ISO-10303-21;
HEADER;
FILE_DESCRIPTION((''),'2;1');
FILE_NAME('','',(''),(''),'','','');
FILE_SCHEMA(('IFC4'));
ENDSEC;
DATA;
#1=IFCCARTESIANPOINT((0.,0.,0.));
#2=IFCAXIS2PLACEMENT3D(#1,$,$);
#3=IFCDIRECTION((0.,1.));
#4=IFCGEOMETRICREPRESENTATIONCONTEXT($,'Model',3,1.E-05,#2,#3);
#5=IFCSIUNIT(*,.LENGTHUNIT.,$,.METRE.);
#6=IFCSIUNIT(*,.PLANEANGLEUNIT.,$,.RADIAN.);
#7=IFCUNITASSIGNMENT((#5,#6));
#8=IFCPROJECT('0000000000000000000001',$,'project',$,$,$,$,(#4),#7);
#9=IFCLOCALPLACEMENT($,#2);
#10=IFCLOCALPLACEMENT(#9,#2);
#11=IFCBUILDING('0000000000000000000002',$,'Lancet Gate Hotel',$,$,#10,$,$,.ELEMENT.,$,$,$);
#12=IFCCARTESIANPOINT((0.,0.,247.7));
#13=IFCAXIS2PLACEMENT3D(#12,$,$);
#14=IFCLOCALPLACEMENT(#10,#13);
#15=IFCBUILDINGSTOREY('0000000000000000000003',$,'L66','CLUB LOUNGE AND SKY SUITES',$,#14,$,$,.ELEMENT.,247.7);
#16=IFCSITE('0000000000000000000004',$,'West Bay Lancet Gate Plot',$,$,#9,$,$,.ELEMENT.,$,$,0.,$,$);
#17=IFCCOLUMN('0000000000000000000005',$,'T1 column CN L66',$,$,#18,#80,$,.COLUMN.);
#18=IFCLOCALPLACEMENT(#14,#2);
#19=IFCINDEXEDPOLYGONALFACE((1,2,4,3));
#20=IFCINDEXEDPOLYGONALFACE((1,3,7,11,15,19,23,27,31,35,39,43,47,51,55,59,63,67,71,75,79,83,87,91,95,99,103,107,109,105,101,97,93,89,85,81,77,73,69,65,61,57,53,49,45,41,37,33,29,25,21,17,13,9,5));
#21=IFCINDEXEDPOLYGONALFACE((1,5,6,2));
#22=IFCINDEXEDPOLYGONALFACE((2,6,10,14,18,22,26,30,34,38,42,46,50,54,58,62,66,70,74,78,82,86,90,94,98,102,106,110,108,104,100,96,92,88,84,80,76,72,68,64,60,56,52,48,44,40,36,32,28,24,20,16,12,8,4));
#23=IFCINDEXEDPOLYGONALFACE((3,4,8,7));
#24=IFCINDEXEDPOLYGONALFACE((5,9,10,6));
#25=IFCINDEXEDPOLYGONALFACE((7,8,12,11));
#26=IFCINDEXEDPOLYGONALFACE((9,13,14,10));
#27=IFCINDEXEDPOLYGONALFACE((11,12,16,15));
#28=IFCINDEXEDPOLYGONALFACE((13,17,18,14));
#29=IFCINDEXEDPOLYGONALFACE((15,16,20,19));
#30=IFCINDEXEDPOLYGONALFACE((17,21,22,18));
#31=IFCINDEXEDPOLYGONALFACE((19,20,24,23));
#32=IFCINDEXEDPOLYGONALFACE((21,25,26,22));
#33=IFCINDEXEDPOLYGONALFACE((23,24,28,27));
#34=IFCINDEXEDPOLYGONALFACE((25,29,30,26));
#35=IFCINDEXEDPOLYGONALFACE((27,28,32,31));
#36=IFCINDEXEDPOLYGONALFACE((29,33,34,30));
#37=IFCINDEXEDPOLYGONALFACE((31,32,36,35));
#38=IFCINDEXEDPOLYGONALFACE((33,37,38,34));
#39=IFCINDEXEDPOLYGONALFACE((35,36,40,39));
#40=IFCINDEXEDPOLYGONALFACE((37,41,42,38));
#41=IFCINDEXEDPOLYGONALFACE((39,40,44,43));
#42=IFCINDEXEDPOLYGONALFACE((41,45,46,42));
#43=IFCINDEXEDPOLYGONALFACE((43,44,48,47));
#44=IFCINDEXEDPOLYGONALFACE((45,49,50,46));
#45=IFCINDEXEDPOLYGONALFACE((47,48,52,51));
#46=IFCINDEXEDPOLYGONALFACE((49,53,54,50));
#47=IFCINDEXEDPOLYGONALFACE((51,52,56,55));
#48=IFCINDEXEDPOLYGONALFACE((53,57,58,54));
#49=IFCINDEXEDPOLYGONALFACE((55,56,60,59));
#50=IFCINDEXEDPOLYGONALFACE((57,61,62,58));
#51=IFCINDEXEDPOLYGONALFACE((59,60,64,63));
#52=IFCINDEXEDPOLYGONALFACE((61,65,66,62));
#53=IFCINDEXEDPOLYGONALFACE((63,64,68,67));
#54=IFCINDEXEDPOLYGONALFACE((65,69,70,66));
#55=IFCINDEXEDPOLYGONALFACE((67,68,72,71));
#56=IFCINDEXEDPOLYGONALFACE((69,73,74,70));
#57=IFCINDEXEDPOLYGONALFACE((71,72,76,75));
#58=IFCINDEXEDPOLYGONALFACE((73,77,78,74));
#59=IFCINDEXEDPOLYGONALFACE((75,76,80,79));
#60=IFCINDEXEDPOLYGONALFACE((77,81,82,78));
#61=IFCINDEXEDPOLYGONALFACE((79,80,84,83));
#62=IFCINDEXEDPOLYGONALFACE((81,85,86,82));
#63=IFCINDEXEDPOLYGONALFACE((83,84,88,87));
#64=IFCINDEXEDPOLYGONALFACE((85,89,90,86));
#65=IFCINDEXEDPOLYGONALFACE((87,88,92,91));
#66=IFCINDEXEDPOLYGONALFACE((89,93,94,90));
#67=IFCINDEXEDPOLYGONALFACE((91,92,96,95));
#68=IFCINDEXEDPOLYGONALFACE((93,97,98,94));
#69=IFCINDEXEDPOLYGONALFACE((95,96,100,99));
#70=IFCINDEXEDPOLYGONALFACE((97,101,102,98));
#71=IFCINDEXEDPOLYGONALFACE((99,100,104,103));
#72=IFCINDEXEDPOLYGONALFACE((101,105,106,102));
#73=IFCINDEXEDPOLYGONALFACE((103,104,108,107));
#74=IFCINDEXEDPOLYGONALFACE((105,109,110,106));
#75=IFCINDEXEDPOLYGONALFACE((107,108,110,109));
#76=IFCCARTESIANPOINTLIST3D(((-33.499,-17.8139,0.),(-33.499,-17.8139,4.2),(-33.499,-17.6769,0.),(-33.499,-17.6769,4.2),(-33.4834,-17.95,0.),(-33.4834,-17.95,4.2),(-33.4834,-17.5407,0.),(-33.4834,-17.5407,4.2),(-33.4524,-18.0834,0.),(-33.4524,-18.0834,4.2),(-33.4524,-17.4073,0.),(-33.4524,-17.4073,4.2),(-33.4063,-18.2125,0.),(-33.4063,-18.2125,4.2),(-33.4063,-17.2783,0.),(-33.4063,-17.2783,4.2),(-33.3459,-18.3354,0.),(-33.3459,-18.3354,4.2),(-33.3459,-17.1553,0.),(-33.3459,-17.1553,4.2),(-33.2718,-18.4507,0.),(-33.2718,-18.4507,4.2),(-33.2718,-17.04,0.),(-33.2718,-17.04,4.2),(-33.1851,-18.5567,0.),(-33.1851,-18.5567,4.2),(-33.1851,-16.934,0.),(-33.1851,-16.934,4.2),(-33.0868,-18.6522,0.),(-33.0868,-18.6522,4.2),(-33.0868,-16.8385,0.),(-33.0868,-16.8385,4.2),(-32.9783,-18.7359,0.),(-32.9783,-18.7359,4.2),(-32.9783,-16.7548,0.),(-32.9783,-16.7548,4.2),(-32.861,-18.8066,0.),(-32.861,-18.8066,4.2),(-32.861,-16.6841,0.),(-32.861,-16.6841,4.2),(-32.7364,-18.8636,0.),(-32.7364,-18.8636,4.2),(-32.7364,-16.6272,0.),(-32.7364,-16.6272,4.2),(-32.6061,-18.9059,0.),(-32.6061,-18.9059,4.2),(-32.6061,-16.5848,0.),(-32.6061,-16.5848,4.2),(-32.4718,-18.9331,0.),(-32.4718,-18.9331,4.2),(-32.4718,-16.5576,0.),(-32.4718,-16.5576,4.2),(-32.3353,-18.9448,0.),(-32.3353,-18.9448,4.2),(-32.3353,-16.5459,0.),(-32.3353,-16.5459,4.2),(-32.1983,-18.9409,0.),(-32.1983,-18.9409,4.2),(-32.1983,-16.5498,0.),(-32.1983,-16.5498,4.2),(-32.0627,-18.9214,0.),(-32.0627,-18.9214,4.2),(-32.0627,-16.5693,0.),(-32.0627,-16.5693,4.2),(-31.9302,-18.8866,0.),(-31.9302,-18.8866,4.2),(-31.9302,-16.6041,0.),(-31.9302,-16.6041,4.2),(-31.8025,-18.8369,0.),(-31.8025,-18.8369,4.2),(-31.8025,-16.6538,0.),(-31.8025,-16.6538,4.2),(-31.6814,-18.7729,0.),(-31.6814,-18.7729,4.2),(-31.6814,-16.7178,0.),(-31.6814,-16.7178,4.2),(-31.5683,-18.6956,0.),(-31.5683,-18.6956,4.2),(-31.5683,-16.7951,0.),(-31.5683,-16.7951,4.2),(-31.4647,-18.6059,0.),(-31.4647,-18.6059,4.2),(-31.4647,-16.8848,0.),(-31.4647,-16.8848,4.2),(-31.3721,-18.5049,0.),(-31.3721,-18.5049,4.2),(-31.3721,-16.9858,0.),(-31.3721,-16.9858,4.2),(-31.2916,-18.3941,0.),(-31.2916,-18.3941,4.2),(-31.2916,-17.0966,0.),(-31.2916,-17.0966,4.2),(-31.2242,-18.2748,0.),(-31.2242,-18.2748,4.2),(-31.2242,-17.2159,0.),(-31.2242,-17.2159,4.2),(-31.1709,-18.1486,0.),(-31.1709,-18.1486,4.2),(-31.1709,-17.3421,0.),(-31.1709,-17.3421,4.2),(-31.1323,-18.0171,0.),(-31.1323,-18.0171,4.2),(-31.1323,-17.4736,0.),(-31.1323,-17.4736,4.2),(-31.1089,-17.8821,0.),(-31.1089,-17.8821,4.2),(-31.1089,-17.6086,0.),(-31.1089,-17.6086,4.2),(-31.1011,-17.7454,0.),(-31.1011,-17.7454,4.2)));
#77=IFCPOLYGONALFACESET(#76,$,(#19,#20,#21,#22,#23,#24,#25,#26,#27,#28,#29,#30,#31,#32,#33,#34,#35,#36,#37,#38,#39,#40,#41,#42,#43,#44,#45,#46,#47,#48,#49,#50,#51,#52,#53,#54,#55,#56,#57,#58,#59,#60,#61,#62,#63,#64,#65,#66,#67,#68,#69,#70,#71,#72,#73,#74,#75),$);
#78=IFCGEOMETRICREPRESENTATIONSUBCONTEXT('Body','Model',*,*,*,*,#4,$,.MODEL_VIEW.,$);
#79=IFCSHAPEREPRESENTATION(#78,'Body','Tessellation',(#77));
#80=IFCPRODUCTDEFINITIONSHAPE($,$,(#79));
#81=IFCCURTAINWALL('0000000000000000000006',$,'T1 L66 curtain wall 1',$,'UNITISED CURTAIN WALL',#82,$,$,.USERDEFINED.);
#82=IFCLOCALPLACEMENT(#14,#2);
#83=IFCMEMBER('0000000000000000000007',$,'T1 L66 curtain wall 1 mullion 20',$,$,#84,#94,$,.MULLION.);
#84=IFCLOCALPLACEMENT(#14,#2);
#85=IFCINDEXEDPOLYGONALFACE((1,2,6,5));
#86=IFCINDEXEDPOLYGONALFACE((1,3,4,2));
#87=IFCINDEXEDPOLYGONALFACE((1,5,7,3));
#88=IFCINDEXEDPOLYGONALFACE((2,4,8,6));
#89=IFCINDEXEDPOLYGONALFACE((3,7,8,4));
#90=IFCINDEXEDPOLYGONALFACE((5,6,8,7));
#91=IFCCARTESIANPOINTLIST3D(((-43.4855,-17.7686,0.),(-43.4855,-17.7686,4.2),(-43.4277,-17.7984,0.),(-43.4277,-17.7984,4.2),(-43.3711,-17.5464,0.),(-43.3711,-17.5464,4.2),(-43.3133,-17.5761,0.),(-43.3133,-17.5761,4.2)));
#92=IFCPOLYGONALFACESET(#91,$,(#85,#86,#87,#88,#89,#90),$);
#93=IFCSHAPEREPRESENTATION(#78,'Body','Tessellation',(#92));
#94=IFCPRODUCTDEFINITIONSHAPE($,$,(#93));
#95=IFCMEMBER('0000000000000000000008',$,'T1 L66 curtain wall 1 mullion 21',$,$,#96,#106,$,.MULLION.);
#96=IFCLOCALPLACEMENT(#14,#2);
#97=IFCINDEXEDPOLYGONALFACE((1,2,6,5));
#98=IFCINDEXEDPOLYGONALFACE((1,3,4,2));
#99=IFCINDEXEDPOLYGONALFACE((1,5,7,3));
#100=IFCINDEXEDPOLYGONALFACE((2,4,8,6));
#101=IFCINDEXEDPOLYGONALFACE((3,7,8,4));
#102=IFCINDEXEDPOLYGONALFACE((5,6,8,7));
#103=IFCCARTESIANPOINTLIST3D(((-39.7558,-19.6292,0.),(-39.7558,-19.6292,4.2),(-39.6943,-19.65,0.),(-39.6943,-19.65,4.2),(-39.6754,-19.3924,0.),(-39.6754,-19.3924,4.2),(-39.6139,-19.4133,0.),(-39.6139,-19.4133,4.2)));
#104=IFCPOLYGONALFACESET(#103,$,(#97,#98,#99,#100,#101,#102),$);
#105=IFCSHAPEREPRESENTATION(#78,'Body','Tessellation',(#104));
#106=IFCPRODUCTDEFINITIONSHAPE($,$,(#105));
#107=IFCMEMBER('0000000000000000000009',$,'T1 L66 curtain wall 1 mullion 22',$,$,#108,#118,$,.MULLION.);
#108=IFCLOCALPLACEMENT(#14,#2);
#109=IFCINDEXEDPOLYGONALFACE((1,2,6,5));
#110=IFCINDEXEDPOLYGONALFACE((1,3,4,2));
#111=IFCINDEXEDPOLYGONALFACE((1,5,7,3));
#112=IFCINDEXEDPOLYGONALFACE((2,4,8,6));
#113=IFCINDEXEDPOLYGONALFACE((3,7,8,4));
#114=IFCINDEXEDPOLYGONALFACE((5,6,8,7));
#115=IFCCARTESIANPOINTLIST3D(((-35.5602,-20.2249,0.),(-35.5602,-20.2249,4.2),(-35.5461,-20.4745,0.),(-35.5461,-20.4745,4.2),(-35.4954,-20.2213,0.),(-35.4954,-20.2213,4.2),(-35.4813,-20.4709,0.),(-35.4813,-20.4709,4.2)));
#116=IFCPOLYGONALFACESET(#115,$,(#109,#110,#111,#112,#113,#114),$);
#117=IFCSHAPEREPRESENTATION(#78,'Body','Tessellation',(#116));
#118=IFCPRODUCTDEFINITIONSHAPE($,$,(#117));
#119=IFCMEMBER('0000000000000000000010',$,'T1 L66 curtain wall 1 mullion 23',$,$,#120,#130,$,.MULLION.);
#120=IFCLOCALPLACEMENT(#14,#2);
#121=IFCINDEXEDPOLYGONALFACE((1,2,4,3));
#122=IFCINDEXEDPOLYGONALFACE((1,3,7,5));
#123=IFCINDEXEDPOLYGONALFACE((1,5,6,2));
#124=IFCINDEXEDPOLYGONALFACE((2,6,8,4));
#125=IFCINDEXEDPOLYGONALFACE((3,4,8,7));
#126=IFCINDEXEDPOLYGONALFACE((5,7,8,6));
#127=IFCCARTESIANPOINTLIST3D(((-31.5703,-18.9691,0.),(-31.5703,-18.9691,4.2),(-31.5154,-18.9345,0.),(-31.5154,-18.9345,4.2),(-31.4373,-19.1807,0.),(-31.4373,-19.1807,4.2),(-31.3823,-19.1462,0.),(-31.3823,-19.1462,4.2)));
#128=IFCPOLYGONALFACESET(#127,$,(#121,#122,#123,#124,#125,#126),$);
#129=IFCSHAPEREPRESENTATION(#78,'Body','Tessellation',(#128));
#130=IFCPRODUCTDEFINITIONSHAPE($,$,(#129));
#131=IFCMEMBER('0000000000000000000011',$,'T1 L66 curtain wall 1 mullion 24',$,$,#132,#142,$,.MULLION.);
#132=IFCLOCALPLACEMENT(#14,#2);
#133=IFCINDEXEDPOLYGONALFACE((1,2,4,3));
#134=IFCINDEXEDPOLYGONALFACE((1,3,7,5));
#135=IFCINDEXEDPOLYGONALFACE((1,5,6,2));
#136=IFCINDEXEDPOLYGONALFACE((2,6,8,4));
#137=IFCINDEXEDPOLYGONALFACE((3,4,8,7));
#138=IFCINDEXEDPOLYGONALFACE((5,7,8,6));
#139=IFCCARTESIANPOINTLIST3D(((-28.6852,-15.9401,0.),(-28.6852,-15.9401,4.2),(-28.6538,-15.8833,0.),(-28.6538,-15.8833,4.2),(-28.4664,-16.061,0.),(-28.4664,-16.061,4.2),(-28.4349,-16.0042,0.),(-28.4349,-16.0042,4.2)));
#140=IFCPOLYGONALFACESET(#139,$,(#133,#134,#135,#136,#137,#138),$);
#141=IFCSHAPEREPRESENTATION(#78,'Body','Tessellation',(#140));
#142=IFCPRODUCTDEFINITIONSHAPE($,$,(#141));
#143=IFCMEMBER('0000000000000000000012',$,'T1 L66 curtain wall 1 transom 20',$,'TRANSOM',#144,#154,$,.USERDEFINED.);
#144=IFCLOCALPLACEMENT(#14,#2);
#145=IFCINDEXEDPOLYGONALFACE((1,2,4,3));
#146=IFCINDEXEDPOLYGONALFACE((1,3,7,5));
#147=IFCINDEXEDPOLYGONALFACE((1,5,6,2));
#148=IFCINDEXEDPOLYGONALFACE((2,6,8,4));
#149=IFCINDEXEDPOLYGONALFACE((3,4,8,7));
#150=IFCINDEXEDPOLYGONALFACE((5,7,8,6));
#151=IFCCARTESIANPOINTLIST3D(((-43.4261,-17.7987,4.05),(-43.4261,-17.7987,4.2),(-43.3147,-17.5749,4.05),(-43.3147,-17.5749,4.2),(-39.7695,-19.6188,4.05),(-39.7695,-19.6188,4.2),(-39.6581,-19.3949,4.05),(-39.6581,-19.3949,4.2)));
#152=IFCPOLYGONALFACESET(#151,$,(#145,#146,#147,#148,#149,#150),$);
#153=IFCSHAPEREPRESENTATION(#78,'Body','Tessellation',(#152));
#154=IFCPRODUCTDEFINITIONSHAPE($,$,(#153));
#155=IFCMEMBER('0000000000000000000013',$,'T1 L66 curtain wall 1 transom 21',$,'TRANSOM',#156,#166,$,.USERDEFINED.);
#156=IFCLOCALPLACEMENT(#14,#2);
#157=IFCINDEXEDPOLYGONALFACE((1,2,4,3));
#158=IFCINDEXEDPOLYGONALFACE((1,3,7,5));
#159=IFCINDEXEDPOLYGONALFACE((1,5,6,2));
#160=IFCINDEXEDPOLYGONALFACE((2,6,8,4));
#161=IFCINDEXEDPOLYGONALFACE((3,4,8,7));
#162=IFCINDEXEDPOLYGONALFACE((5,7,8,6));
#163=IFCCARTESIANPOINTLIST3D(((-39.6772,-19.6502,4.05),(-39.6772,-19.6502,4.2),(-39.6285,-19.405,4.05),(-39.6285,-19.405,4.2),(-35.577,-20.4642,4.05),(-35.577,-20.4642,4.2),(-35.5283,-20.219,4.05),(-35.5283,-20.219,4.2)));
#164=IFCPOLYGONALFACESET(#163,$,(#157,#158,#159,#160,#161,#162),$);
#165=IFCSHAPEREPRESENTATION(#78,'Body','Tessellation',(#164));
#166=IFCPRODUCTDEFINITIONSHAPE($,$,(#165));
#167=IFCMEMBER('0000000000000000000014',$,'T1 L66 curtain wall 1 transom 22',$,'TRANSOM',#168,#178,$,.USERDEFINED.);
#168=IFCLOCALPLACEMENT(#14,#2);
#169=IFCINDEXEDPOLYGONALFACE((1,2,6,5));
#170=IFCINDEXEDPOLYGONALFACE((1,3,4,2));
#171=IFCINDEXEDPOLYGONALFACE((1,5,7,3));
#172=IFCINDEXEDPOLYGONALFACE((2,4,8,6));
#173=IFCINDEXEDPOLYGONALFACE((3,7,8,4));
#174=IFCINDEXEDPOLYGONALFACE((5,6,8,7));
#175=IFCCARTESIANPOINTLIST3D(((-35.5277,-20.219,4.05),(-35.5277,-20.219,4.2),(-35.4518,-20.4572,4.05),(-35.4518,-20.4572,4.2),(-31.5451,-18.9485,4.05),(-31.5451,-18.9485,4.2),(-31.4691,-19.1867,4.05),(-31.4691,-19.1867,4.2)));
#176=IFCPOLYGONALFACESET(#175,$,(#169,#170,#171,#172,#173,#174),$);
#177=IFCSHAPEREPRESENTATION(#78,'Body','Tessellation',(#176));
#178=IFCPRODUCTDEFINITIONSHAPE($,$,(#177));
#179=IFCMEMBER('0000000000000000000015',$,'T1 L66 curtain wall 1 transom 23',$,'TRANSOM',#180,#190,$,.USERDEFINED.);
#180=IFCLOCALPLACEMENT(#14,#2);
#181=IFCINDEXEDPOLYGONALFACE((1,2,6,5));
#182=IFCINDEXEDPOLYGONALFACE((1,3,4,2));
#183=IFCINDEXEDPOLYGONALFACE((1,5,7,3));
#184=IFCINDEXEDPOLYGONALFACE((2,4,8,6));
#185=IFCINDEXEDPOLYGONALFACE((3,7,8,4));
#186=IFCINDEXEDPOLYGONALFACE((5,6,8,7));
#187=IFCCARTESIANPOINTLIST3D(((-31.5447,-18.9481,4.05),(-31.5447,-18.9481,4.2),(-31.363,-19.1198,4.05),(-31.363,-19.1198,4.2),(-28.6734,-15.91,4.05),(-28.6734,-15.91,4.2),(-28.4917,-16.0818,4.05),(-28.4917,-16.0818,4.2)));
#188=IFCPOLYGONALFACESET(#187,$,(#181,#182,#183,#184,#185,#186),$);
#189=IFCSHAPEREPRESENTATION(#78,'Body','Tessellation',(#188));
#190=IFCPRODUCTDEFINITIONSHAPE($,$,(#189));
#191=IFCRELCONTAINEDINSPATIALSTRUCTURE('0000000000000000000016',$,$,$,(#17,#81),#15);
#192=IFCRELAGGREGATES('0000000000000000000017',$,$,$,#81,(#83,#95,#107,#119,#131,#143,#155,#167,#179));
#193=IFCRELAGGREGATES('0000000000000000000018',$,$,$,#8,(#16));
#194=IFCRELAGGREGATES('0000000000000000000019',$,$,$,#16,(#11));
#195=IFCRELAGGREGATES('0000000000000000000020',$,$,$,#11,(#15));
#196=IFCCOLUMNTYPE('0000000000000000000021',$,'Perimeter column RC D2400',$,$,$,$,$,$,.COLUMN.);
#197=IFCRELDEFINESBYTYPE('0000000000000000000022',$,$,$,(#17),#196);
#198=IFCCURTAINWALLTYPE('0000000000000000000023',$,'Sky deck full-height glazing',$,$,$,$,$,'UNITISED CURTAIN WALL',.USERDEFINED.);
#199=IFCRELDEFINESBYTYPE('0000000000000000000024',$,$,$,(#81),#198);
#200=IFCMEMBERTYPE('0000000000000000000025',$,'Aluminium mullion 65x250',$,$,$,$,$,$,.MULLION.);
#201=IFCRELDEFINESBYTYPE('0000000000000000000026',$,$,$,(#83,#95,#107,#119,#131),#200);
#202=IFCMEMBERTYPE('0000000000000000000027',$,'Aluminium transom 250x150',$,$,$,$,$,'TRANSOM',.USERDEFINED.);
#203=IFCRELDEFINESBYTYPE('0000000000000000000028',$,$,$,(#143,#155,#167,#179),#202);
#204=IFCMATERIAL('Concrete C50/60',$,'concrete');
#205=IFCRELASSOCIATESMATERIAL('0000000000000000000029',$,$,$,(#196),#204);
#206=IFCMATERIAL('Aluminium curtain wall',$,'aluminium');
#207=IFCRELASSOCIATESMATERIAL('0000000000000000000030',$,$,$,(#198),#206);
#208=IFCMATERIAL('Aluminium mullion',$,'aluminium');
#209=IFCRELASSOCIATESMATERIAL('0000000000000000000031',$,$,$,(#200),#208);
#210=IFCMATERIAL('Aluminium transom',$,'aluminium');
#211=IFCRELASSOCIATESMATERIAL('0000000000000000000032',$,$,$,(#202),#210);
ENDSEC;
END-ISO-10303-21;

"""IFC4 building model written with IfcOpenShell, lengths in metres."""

from ifc_helpers import new_model, si_unit, direction, frame, origin, origin_2d, place, context, subcontext, project, spatial, rectangle, circle, extrude, material, material_profile, profile_set, type_object, element, aggregate, save


model = new_model("IFC4")

# Units and contexts
model_context = context("Model", 3, precision=1e-05, world=origin(), true_north=direction((0.0, 1.0)))
body_context = subcontext(model_context, "Body", "Model", "MODEL_VIEW")
ifc_project = project(units=[si_unit("LENGTHUNIT", "METRE"), si_unit("PLANEANGLEUNIT", "RADIAN")], contexts=[model_context])

# Site, building, storey
site_placement = place(None, origin())
site = spatial("IfcSite", under=ifc_project, at=site_placement, Name="West Bay Lancet Gate Plot", CompositionType="ELEMENT", RefElevation=0.0)
building_placement = place(site_placement, origin())
building = spatial("IfcBuilding", under=site, at=building_placement, Name="Lancet Gate Hotel", CompositionType="ELEMENT")
storey_placement = place(building_placement, frame((0.0, 0.0, 247.7)))
storey = spatial("IfcBuildingStorey", under=building, at=storey_placement, Name="L66", Description="CLUB LOUNGE AND SKY SUITES", CompositionType="ELEMENT", Elevation=247.7)

# Column
ifc_material_1 = material(Name="Concrete C50/60", Category="concrete")
ifc_material_profile_1 = material_profile(ifc_material_1, circle(Radius=1.2, at=origin_2d()), Name="RC D2400")
ifc_profile_set_1 = profile_set([ifc_material_profile_1], Name="Concrete C50/60")
column_type = type_object("IfcColumnType", Name="Perimeter column RC D2400", PredefinedType="COLUMN", material=ifc_profile_set_1)
column_placement = place(storey_placement, frame((-32.301, -17.7454, 0.0), z_axis=(0.0, 0.0, 1.0), x_axis=(1.0, 0.0, 0.0)))
element("IfcColumn", 1, at=column_placement, inside=storey, type_object=column_type, Name="T1 column CN L66", PredefinedType="COLUMN", context=body_context, shape_type="SweptSolid", body=[
    extrude(circle(Radius=1.2, at=origin_2d()), origin(), (0.0, 0.0, 1.0), 4.2),
])

# Curtain wall, members
ifc_material_2 = material(Name="Aluminium curtain wall", Category="aluminium")
curtain_wall_type = type_object("IfcCurtainWallType", Name="Sky deck full-height glazing", ElementType="UNITISED CURTAIN WALL", PredefinedType="USERDEFINED", material=ifc_material_2)
curtain_wall_placement = place(storey_placement, origin())
curtain_wall = element("IfcCurtainWall", 2, at=curtain_wall_placement, inside=storey, type_object=curtain_wall_type, Name="T1 L66 curtain wall 1", ObjectType="UNITISED CURTAIN WALL", PredefinedType="USERDEFINED")
ifc_material_3 = material(Name="Aluminium mullion", Category="aluminium")
ifc_material_profile_2 = material_profile(ifc_material_3, rectangle(XDim=0.0649, YDim=0.25, at=origin_2d()), Name="MULLION 65x250")
ifc_profile_set_2 = profile_set([ifc_material_profile_2], Name="Aluminium mullion")
member_type_1 = type_object("IfcMemberType", Name="Aluminium mullion 65x250", PredefinedType="MULLION", material=ifc_profile_set_2)
member_1_placement = place(storey_placement, frame((-43.3994, -17.6724, 0.0), z_axis=(0.0, 0.0, 1.0), x_axis=(0.889156, -0.457605, 0.0)))
member_1 = element("IfcMember", 3, at=member_1_placement, type_object=member_type_1, Name="T1 L66 curtain wall 1 mullion 20", PredefinedType="MULLION", context=body_context, shape_type="SweptSolid", body=[
    extrude(rectangle(XDim=0.0649, YDim=0.25, at=origin_2d()), origin(), (0.0, 0.0, 1.0), 4.2),
])
member_2_placement = place(storey_placement, frame((-39.6848, -19.5212, 0.0), z_axis=(0.0, 0.0, 1.0), x_axis=(0.946888, -0.321564, 0.0)))
member_2 = element("IfcMember", 4, at=member_2_placement, type_object=member_type_1, Name="T1 L66 curtain wall 1 mullion 21", PredefinedType="MULLION", context=body_context, shape_type="SweptSolid", body=[
    extrude(rectangle(XDim=0.0649, YDim=0.25, at=origin_2d()), origin(), (0.0, 0.0, 1.0), 4.2),
])
member_3_placement = place(storey_placement, frame((-35.5208, -20.3479, 0.0), z_axis=(0.0, 0.0, 1.0), x_axis=(0.998409, 0.056384, 0.0)))
member_3 = element("IfcMember", 5, at=member_3_placement, type_object=member_type_1, Name="T1 L66 curtain wall 1 mullion 22", PredefinedType="MULLION", context=body_context, shape_type="SweptSolid", body=[
    extrude(rectangle(XDim=0.0649, YDim=0.25, at=origin_2d()), origin(), (0.0, 0.0, 1.0), 4.2),
])
member_4_placement = place(storey_placement, frame((-31.4763, -19.0576, 0.0), z_axis=(0.0, 0.0, 1.0), x_axis=(0.846613, 0.532209, 0.0)))
member_4 = element("IfcMember", 6, at=member_4_placement, type_object=member_type_1, Name="T1 L66 curtain wall 1 mullion 23", PredefinedType="MULLION", context=body_context, shape_type="SweptSolid", body=[
    extrude(rectangle(XDim=0.0649, YDim=0.25, at=origin_2d()), origin(), (0.0, 0.0, 1.0), 4.2),
])
member_5_placement = place(storey_placement, frame((-28.5601, -15.9722, 0.0), z_axis=(0.0, 0.0, 1.0), x_axis=(0.483627, 0.875274, 0.0)))
member_5 = element("IfcMember", 7, at=member_5_placement, type_object=member_type_1, Name="T1 L66 curtain wall 1 mullion 24", PredefinedType="MULLION", context=body_context, shape_type="SweptSolid", body=[
    extrude(rectangle(XDim=0.0649, YDim=0.25, at=origin_2d()), origin(), (0.0, 0.0, 1.0), 4.2),
])
ifc_material_4 = material(Name="Aluminium transom", Category="aluminium")
ifc_material_profile_3 = material_profile(ifc_material_4, rectangle(XDim=0.25, YDim=0.1499, at=origin_2d()), Name="TRANSOM 250x150")
ifc_profile_set_3 = profile_set([ifc_material_profile_3], Name="Aluminium transom")
member_type_2 = type_object("IfcMemberType", Name="Aluminium transom 250x150", ElementType="TRANSOM", PredefinedType="USERDEFINED", material=ifc_profile_set_3)
member_6_placement = place(storey_placement, frame((-43.3704, -17.6868, 4.125), z_axis=(0.895227, -0.445611, 0.0), x_axis=(0.445611, 0.895227, 0.0)))
member_6 = element("IfcMember", 8, at=member_6_placement, type_object=member_type_2, Name="T1 L66 curtain wall 1 transom 20", ObjectType="TRANSOM", PredefinedType="USERDEFINED", context=body_context, shape_type="SweptSolid", body=[
    extrude(rectangle(XDim=0.25, YDim=0.1499, at=origin_2d()), origin(), (0.0, 0.0, 1.0), 4.0845),
])
member_7_placement = place(storey_placement, frame((-39.6528, -19.5276, 4.125), z_axis=(0.980858, -0.194723, 0.0), x_axis=(0.194723, 0.980858, 0.0)))
member_7 = element("IfcMember", 9, at=member_7_placement, type_object=member_type_2, Name="T1 L66 curtain wall 1 transom 21", ObjectType="TRANSOM", PredefinedType="USERDEFINED", context=body_context, shape_type="SweptSolid", body=[
    extrude(rectangle(XDim=0.25, YDim=0.1499, at=origin_2d()), origin(), (0.0, 0.0, 1.0), 4.1802),
])
member_8_placement = place(storey_placement, frame((-35.4897, -20.3381, 4.125), z_axis=(0.952698, 0.30392, 0.0), x_axis=(-0.30392, 0.952698, 0.0)))
member_8 = element("IfcMember", 10, at=member_8_placement, type_object=member_type_2, Name="T1 L66 curtain wall 1 transom 22", ObjectType="TRANSOM", PredefinedType="USERDEFINED", context=body_context, shape_type="SweptSolid", body=[
    extrude(rectangle(XDim=0.25, YDim=0.1499, at=origin_2d()), origin(), (0.0, 0.0, 1.0), 4.1804),
])
member_9_placement = place(storey_placement, frame((-31.4539, -19.0339, 4.125), z_axis=(0.686881, 0.72677, 0.0), x_axis=(-0.72677, 0.686881, 0.0)))
member_9 = element("IfcMember", 11, at=member_9_placement, type_object=member_type_2, Name="T1 L66 curtain wall 1 transom 23", ObjectType="TRANSOM", PredefinedType="USERDEFINED", context=body_context, shape_type="SweptSolid", body=[
    extrude(rectangle(XDim=0.25, YDim=0.1499, at=origin_2d()), origin(), (0.0, 0.0, 1.0), 4.1802),
])

aggregate(curtain_wall, [member_1, member_2, member_3, member_4, member_5, member_6, member_7, member_8, member_9])

save(model, "model.ifc")
